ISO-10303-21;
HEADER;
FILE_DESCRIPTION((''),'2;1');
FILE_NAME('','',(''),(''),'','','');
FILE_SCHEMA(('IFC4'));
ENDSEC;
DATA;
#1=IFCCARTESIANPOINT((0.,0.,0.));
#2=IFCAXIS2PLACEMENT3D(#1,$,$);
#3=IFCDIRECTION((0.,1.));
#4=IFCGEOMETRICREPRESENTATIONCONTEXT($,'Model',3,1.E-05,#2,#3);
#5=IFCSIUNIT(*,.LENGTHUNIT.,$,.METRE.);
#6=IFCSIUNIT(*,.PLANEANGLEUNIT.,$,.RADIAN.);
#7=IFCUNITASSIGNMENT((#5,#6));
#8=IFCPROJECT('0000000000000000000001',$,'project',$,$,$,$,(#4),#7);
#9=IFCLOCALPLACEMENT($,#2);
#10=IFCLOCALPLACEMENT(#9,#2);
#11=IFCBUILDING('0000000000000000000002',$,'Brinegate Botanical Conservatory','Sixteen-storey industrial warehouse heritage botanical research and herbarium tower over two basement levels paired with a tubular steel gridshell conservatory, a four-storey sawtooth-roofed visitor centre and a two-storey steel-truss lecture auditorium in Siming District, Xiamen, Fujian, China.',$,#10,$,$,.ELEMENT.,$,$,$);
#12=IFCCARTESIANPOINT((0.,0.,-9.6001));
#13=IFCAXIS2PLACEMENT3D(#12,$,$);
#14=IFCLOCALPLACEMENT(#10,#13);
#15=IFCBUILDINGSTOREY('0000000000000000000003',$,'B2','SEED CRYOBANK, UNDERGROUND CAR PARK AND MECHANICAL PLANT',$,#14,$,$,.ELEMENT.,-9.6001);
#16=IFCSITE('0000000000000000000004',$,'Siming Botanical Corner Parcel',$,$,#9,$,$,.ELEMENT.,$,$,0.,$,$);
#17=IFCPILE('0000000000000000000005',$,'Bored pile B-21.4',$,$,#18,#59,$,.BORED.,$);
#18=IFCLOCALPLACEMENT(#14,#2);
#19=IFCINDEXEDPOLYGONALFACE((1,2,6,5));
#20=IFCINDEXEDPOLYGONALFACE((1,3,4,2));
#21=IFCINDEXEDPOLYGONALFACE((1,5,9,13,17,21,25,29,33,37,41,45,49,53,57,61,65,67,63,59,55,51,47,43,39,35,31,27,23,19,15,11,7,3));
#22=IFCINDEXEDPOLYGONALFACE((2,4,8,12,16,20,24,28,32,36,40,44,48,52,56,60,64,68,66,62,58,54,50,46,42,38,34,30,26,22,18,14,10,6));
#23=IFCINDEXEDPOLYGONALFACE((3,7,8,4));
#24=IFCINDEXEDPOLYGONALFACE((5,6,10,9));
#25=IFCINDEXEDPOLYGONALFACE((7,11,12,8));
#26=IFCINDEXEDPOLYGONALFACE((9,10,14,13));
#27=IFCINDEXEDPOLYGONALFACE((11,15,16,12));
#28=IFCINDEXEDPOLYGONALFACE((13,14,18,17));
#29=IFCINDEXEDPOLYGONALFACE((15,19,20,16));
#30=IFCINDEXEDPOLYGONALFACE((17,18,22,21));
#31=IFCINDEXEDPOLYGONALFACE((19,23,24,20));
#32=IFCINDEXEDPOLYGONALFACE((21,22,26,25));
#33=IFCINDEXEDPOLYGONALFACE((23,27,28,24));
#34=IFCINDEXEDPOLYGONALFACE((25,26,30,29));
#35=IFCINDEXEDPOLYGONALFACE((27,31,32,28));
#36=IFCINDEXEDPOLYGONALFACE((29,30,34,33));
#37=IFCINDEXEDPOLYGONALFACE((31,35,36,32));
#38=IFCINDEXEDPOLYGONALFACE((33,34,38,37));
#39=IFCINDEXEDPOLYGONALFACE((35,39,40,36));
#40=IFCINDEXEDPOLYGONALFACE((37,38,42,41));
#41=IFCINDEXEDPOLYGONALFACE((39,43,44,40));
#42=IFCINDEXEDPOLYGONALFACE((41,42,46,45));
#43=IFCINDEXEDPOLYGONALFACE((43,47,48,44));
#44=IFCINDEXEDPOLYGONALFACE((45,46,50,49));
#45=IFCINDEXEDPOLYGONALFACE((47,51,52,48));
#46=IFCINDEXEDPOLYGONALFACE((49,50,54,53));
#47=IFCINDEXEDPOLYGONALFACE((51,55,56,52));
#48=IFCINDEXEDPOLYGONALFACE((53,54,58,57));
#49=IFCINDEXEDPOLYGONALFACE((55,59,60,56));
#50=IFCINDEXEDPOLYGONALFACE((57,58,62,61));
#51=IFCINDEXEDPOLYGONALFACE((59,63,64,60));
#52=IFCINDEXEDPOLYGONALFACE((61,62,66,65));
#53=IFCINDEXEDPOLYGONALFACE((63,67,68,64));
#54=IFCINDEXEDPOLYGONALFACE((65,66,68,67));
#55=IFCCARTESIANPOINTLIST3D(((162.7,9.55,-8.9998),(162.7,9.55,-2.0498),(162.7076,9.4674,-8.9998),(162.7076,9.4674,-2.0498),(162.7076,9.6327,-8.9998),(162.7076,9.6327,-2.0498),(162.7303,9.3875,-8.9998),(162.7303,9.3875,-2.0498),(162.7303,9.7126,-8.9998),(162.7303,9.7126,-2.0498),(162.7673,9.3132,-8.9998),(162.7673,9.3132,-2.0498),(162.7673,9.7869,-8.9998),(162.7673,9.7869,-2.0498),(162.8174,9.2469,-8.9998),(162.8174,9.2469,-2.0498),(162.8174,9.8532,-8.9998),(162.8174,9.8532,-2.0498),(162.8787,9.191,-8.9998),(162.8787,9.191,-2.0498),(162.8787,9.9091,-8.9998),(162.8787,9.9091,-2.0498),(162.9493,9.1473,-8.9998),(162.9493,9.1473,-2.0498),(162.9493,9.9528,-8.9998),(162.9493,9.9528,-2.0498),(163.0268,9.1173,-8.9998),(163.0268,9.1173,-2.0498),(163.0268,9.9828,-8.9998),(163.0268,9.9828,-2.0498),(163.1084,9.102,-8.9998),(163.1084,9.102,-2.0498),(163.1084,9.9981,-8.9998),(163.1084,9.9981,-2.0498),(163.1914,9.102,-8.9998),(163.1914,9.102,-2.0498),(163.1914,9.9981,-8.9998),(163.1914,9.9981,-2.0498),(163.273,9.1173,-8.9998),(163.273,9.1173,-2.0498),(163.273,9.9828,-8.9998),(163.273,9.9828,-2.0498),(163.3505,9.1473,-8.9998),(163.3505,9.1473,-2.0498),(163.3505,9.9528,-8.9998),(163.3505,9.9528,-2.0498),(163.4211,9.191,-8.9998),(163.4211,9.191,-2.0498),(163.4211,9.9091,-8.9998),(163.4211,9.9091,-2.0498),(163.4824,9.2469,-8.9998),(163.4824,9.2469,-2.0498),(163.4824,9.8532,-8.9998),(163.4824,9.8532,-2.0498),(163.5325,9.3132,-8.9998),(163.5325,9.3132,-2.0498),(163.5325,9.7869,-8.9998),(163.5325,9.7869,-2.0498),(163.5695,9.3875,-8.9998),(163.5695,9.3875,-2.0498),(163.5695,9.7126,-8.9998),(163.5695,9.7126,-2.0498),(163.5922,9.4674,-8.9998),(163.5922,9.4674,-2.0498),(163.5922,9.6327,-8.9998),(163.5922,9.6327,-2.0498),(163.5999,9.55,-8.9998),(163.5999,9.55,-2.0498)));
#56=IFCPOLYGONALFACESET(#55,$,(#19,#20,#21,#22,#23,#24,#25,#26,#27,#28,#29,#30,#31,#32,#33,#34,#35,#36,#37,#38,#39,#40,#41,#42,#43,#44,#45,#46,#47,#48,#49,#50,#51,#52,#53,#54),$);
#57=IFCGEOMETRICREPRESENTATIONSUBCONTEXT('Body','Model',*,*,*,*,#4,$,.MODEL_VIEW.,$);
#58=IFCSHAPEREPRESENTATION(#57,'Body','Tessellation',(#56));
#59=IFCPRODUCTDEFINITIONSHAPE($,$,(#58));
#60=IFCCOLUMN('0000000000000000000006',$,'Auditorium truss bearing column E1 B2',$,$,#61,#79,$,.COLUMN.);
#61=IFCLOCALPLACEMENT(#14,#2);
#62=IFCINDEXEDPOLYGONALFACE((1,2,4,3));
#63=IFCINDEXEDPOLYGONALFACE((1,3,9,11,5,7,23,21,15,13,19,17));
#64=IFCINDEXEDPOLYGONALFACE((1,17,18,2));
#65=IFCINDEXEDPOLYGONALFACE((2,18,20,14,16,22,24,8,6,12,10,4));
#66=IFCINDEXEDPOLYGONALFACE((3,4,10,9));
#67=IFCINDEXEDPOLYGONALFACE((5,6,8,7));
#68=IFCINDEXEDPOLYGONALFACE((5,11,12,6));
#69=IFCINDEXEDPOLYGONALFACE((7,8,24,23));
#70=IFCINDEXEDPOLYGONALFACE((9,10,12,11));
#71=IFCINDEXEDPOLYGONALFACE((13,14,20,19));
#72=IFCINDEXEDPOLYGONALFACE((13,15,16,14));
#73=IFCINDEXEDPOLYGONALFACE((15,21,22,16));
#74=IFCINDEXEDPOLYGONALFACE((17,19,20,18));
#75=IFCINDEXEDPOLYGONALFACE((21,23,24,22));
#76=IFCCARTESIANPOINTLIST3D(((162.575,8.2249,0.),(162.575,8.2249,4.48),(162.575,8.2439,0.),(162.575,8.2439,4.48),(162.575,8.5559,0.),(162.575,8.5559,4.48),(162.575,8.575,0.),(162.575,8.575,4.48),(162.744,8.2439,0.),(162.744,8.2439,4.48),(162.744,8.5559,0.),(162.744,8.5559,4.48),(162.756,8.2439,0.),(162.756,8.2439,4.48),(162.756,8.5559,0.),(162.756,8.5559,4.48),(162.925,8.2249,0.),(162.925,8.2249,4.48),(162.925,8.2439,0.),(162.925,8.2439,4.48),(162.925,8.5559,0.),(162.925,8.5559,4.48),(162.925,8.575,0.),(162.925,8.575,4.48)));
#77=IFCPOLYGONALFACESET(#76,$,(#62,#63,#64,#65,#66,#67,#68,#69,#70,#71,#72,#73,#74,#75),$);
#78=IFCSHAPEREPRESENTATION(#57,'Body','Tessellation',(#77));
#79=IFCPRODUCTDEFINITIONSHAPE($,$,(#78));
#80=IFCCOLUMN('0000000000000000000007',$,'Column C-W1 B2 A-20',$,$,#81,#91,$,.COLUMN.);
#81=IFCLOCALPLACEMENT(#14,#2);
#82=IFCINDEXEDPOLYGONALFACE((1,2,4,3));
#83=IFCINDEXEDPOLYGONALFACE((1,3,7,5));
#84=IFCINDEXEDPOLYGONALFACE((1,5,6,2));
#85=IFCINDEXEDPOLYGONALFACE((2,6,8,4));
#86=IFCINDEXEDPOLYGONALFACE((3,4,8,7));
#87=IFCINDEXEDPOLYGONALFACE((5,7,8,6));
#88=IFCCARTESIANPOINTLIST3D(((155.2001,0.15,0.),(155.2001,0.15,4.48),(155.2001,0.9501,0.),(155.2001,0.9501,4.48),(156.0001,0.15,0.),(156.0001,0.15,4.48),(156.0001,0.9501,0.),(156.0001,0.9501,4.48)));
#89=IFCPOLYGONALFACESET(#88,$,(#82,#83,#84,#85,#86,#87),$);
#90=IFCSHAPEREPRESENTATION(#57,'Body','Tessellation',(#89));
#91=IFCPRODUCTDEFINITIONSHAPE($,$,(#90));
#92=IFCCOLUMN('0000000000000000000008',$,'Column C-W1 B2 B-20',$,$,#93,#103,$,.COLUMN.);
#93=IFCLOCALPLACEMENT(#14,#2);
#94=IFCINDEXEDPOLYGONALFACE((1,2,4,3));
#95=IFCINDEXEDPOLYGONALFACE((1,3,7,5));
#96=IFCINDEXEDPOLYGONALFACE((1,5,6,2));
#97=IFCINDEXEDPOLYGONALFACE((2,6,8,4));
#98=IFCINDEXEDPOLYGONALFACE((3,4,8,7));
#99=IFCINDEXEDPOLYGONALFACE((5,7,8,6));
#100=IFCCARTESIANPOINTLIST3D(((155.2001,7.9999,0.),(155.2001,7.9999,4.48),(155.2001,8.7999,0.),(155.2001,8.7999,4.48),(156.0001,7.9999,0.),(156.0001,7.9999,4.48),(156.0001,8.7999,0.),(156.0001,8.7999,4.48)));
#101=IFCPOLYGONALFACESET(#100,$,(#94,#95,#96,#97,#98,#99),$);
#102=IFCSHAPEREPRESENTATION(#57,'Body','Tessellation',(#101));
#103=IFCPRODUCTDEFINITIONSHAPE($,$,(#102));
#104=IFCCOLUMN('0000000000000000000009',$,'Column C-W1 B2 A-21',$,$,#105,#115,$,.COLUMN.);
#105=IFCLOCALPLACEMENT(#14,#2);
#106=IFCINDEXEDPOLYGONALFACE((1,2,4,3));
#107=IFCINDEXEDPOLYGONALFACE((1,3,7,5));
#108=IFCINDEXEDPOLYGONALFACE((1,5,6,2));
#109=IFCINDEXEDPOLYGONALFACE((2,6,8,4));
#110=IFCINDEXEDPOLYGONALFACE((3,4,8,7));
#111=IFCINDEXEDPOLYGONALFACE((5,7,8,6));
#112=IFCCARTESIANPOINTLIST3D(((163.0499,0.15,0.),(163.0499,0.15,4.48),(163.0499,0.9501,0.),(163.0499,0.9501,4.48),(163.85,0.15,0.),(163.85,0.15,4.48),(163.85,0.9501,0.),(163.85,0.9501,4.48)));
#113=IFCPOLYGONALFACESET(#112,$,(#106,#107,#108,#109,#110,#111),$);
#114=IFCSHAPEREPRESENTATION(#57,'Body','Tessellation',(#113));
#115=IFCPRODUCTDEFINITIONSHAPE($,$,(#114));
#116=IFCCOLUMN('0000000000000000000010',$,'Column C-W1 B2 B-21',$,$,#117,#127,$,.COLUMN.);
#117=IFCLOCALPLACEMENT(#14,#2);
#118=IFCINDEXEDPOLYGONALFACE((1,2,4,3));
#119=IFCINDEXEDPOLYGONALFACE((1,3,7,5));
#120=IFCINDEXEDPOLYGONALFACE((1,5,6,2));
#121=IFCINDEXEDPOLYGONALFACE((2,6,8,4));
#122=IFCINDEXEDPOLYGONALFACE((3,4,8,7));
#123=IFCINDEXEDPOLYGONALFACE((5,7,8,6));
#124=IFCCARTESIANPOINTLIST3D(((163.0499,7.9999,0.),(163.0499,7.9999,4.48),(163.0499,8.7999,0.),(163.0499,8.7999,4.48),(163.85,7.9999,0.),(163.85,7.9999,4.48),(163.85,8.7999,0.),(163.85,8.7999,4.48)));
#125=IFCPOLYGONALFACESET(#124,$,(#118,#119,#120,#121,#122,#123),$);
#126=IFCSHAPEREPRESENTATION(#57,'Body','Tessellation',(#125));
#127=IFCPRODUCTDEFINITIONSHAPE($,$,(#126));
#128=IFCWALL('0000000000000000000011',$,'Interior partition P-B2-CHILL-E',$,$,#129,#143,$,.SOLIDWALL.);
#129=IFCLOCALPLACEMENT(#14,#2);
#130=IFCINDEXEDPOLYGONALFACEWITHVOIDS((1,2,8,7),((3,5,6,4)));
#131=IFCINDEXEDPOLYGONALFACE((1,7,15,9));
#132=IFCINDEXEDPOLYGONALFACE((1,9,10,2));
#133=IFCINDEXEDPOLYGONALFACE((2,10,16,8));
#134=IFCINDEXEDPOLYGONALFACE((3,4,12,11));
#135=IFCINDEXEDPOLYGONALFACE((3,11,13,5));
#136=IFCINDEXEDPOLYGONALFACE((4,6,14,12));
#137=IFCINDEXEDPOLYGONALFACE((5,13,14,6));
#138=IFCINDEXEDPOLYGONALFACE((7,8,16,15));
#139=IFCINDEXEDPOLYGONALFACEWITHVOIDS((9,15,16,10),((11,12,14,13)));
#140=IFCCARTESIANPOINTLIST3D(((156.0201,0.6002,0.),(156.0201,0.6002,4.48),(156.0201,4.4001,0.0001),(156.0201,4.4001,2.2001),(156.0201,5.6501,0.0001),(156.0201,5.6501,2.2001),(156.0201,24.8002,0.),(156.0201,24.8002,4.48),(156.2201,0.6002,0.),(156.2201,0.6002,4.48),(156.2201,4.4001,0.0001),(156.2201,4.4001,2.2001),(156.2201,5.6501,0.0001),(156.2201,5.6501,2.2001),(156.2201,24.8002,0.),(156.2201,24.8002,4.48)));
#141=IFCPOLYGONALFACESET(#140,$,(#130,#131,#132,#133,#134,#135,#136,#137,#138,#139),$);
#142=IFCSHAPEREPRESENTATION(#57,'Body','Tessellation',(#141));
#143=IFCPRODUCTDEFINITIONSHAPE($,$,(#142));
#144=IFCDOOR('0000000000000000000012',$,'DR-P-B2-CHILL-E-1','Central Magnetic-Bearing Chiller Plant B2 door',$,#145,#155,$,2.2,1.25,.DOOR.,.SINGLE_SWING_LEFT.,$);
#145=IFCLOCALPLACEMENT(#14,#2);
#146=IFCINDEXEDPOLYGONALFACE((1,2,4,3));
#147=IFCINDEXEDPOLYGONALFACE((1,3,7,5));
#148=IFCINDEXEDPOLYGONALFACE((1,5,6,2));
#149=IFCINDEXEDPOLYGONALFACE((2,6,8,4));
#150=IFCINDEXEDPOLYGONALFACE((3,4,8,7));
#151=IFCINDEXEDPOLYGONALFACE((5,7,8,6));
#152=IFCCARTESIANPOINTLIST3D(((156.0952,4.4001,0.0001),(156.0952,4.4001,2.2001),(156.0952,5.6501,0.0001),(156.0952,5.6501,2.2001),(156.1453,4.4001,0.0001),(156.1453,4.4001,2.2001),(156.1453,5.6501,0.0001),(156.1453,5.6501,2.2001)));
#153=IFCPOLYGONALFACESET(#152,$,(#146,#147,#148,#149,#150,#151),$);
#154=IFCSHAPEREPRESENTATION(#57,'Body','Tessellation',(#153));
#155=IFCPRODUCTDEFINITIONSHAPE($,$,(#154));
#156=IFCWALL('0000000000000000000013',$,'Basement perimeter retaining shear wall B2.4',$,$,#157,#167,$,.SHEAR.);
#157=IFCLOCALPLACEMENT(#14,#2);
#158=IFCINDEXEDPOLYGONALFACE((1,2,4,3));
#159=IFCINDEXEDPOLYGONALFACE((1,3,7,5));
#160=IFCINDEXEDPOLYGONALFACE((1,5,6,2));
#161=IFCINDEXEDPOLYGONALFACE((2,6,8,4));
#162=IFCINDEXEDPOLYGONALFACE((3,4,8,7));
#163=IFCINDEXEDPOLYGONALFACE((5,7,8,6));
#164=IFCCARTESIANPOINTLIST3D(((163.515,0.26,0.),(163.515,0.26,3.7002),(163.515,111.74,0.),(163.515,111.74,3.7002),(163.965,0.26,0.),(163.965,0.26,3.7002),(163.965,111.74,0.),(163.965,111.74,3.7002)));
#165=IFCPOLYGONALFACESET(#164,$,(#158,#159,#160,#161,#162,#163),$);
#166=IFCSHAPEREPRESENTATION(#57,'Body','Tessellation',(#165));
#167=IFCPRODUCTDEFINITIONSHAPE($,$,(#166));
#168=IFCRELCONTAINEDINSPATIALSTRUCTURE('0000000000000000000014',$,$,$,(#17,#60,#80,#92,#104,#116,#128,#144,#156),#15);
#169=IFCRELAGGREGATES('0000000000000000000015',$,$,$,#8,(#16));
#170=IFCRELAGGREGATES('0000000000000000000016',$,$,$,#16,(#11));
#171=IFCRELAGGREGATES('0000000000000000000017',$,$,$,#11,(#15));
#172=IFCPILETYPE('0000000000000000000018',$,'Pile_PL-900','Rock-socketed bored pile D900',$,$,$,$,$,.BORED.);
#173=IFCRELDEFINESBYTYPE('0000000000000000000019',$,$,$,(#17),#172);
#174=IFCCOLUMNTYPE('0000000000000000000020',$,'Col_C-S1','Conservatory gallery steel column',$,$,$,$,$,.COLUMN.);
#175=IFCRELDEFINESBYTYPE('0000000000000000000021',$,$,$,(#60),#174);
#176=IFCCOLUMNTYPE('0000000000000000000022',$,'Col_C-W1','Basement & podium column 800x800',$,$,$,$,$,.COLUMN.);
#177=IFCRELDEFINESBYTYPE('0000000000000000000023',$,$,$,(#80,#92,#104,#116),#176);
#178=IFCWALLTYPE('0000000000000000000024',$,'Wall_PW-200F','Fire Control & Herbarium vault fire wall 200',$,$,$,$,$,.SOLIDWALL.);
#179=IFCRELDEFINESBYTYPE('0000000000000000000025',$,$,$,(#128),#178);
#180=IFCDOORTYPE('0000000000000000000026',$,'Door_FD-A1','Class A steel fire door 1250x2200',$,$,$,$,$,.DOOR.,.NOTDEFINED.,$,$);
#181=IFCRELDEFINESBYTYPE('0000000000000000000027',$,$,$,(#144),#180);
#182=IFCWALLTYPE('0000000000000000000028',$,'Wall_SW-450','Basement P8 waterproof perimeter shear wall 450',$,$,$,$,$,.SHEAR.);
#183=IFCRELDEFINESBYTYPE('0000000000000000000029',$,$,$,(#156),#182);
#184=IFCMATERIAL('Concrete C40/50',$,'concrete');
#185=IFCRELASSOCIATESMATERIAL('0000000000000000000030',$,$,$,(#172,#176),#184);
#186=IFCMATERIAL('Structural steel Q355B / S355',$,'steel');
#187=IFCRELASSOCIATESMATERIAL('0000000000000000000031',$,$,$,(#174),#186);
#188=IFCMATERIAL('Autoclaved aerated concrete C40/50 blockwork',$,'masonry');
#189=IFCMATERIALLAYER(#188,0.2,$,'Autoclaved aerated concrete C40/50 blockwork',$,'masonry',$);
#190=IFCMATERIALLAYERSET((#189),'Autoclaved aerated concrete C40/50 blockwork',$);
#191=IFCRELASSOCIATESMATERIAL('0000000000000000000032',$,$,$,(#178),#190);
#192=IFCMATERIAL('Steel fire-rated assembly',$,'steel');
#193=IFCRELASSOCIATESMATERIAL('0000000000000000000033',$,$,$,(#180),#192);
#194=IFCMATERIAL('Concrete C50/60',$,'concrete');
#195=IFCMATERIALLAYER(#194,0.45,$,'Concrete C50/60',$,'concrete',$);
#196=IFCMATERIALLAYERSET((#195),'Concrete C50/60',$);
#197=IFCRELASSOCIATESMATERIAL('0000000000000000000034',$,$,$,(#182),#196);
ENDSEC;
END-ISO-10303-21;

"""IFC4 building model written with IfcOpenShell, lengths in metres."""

from ifc_helpers import new_model, si_unit, direction, frame, frame_2d, origin, origin_2d, place, context, subcontext, project, spatial, rectangle, circle, i_section, extrude, material, layer, layer_set, material_profile, profile_set, type_object, element, fill, save


model = new_model("IFC4")

# Units and contexts
model_context = context("Model", 3, precision=1e-05, world=origin(), true_north=direction((0.0, 1.0)))
body_context = subcontext(model_context, "Body", "Model", "MODEL_VIEW")
ifc_project = project(units=[si_unit("LENGTHUNIT", "METRE"), si_unit("PLANEANGLEUNIT", "RADIAN")], contexts=[model_context])

# Site, building, storey
site_placement = place(None, origin())
site = spatial("IfcSite", under=ifc_project, at=site_placement, Name="Siming Botanical Corner Parcel", CompositionType="ELEMENT", RefElevation=0.0)
building_placement = place(site_placement, origin())
building = spatial("IfcBuilding", under=site, at=building_placement, Name="Brinegate Botanical Conservatory", Description="Sixteen-storey industrial warehouse heritage botanical research and herbarium tower over two basement levels paired with a tubular steel gridshell conservatory, a four-storey sawtooth-roofed visitor centre and a two-storey steel-truss lecture auditorium in Siming District, Xiamen, Fujian, China.", CompositionType="ELEMENT")
storey_placement = place(building_placement, frame((0.0, 0.0, -9.6001)))
storey = spatial("IfcBuildingStorey", under=building, at=storey_placement, Name="B2", Description="SEED CRYOBANK, UNDERGROUND CAR PARK AND MECHANICAL PLANT", CompositionType="ELEMENT", Elevation=-9.6001)

# Shared definitions
ifc_material_1 = material(Name="Concrete C40/50", Category="concrete")

# Pile
ifc_material_profile_1 = material_profile(ifc_material_1, circle(Radius=0.45, at=origin_2d()), Name="PILE D900")
ifc_profile_set_1 = profile_set([ifc_material_profile_1], Name="Concrete C40/50")
pile_type = type_object("IfcPileType", Name="Pile_PL-900", Description="Rock-socketed bored pile D900", PredefinedType="BORED", material=ifc_profile_set_1)
for number, where, z_axis, x_axis, name in (
    (1, (163.1499, 9.55, -2.0498), (0.0, 0.0, -1.0), (1.0, 0.0, 0.0), "Bored pile B-21.4"),
):
    element("IfcPile", number, at=place(storey_placement, frame(where, z_axis=z_axis, x_axis=x_axis)), inside=storey, type_object=pile_type, Name=name, PredefinedType="BORED", context=body_context, shape_type="SweptSolid", body=[
        extrude(circle(Radius=0.45, at=origin_2d()), origin(), (0.0, 0.0, 1.0), 6.95),
    ])

# Columns
ifc_material_2 = material(Name="Structural steel Q355B / S355", Category="steel")
ifc_material_profile_2 = material_profile(ifc_material_2, i_section(OverallWidth=0.3501, OverallDepth=0.3501, WebThickness=0.012, FlangeThickness=0.019, at=origin_2d()), Name="HW 350x350x12x19")
ifc_profile_set_2 = profile_set([ifc_material_profile_2], Name="Structural steel Q355B / S355")
column_type_1 = type_object("IfcColumnType", Name="Col_C-S1", Description="Conservatory gallery steel column", PredefinedType="COLUMN", material=ifc_profile_set_2)
column_placement = place(storey_placement, frame((162.75, 8.3999, 0.0), z_axis=(0.0, 0.0, 1.0), x_axis=(1.0, 0.0, 0.0)))
element("IfcColumn", 2, at=column_placement, inside=storey, type_object=column_type_1, Name="Auditorium truss bearing column E1 B2", PredefinedType="COLUMN", context=body_context, shape_type="SweptSolid", body=[
    extrude(i_section(OverallWidth=0.3501, OverallDepth=0.3501, WebThickness=0.012, FlangeThickness=0.019, at=origin_2d()), origin(), (0.0, 0.0, 1.0), 4.48),
])
ifc_material_profile_3 = material_profile(ifc_material_1, rectangle(XDim=0.8, YDim=0.8, at=origin_2d()), Name="RC COL 800x800")
ifc_profile_set_3 = profile_set([ifc_material_profile_3], Name="Concrete C40/50")
column_type_2 = type_object("IfcColumnType", Name="Col_C-W1", Description="Basement & podium column 800x800", PredefinedType="COLUMN", material=ifc_profile_set_3)
for number, where, z_axis, x_axis, name in (
    (3, (155.6001, 0.55, 0.0), (0.0, 0.0, 1.0), (1.0, 0.0, 0.0), "Column C-W1 B2 A-20"),
    (4, (155.6001, 8.3999, 0.0), (0.0, 0.0, 1.0), (1.0, 0.0, 0.0), "Column C-W1 B2 B-20"),
    (5, (163.45, 0.55, 0.0), (0.0, 0.0, 1.0), (1.0, 0.0, 0.0), "Column C-W1 B2 A-21"),
    (6, (163.45, 8.3999, 0.0), (0.0, 0.0, 1.0), (1.0, 0.0, 0.0), "Column C-W1 B2 B-21"),
):
    element("IfcColumn", number, at=place(storey_placement, frame(where, z_axis=z_axis, x_axis=x_axis)), inside=storey, type_object=column_type_2, Name=name, PredefinedType="COLUMN", context=body_context, shape_type="SweptSolid", body=[
        extrude(rectangle(XDim=0.8, YDim=0.8, at=origin_2d()), origin(), (0.0, 0.0, 1.0), 4.48),
    ])

# Wall, opening, door
ifc_material_3 = material(Name="Autoclaved aerated concrete C40/50 blockwork", Category="masonry")
ifc_layer_1 = layer(ifc_material_3, 0.2, Name="Autoclaved aerated concrete C40/50 blockwork", Category="masonry")
ifc_layer_set_1 = layer_set([ifc_layer_1], Name="Autoclaved aerated concrete C40/50 blockwork")
wall_type_1 = type_object("IfcWallType", Name="Wall_PW-200F", Description="Fire Control & Herbarium vault fire wall 200", PredefinedType="SOLIDWALL", material=ifc_layer_set_1)
wall_1_placement = place(storey_placement, frame((156.1201, 0.6001, 0.0), z_axis=(0.0, 0.0, 1.0), x_axis=(0.0, 1.0, 0.0)))
wall_1 = element("IfcWall", 7, at=wall_1_placement, inside=storey, type_object=wall_type_1, Name="Interior partition P-B2-CHILL-E", PredefinedType="SOLIDWALL", context=body_context, shape_type="SweptSolid", body=[
    extrude(rectangle(XDim=24.2, YDim=0.2, at=frame_2d((12.1001, 0.0))), origin(), (0.0, 0.0, 1.0), 4.48),
])
opening_placement = place(wall_1_placement, frame((3.8, 0.0, 0.0)))
opening = element("IfcOpeningElement", 8, at=opening_placement, cuts=wall_1, PredefinedType="OPENING", context=body_context, shape_type="SweptSolid", body=[
    extrude(rectangle(XDim=1.25, YDim=2.2, at=frame_2d((0.625, 1.1001))), frame((0.0, 0.1099, 0.0), z_axis=(0.0, -1.0, 0.0), x_axis=(1.0, 0.0, 0.0)), (0.0, 0.0, 1.0), 0.22),
])
ifc_material_4 = material(Name="Steel fire-rated assembly", Category="steel")
door_type = type_object("IfcDoorType", Name="Door_FD-A1", Description="Class A steel fire door 1250x2200", OperationType="NOTDEFINED", PredefinedType="DOOR", material=ifc_material_4)
door_placement = place(opening_placement, origin())
door = element("IfcDoor", 9, at=door_placement, inside=storey, type_object=door_type, Name="DR-P-B2-CHILL-E-1", Description="Central Magnetic-Bearing Chiller Plant B2 door", OperationType="SINGLE_SWING_LEFT", OverallHeight=2.2, OverallWidth=1.25, PredefinedType="DOOR", context=body_context, shape_type="SweptSolid", body=[
    extrude(rectangle(XDim=1.25, YDim=2.2, at=frame_2d((0.625, 1.1001))), frame((0.0, 0.0249, 0.0), z_axis=(0.0, -1.0, 0.0), x_axis=(1.0, 0.0, 0.0)), (0.0, 0.0, 1.0), 0.05),
])
fill(opening, door)

# Wall
ifc_material_5 = material(Name="Concrete C50/60", Category="concrete")
ifc_layer_2 = layer(ifc_material_5, 0.45, Name="Concrete C50/60", Category="concrete")
ifc_layer_set_2 = layer_set([ifc_layer_2], Name="Concrete C50/60")
wall_type_2 = type_object("IfcWallType", Name="Wall_SW-450", Description="Basement P8 waterproof perimeter shear wall 450", PredefinedType="SHEAR", material=ifc_layer_set_2)
wall_2_placement = place(storey_placement, frame((163.74, 0.26, 0.0), z_axis=(0.0, 0.0, 1.0), x_axis=(0.0, 1.0, 0.0)))
element("IfcWall", 10, at=wall_2_placement, inside=storey, type_object=wall_type_2, Name="Basement perimeter retaining shear wall B2.4", PredefinedType="SHEAR", context=body_context, shape_type="SweptSolid", body=[
    extrude(rectangle(XDim=111.48, YDim=0.45, at=frame_2d((55.74, 0.0))), origin(), (0.0, 0.0, 1.0), 3.7002),
])

save(model, "model.ifc")
